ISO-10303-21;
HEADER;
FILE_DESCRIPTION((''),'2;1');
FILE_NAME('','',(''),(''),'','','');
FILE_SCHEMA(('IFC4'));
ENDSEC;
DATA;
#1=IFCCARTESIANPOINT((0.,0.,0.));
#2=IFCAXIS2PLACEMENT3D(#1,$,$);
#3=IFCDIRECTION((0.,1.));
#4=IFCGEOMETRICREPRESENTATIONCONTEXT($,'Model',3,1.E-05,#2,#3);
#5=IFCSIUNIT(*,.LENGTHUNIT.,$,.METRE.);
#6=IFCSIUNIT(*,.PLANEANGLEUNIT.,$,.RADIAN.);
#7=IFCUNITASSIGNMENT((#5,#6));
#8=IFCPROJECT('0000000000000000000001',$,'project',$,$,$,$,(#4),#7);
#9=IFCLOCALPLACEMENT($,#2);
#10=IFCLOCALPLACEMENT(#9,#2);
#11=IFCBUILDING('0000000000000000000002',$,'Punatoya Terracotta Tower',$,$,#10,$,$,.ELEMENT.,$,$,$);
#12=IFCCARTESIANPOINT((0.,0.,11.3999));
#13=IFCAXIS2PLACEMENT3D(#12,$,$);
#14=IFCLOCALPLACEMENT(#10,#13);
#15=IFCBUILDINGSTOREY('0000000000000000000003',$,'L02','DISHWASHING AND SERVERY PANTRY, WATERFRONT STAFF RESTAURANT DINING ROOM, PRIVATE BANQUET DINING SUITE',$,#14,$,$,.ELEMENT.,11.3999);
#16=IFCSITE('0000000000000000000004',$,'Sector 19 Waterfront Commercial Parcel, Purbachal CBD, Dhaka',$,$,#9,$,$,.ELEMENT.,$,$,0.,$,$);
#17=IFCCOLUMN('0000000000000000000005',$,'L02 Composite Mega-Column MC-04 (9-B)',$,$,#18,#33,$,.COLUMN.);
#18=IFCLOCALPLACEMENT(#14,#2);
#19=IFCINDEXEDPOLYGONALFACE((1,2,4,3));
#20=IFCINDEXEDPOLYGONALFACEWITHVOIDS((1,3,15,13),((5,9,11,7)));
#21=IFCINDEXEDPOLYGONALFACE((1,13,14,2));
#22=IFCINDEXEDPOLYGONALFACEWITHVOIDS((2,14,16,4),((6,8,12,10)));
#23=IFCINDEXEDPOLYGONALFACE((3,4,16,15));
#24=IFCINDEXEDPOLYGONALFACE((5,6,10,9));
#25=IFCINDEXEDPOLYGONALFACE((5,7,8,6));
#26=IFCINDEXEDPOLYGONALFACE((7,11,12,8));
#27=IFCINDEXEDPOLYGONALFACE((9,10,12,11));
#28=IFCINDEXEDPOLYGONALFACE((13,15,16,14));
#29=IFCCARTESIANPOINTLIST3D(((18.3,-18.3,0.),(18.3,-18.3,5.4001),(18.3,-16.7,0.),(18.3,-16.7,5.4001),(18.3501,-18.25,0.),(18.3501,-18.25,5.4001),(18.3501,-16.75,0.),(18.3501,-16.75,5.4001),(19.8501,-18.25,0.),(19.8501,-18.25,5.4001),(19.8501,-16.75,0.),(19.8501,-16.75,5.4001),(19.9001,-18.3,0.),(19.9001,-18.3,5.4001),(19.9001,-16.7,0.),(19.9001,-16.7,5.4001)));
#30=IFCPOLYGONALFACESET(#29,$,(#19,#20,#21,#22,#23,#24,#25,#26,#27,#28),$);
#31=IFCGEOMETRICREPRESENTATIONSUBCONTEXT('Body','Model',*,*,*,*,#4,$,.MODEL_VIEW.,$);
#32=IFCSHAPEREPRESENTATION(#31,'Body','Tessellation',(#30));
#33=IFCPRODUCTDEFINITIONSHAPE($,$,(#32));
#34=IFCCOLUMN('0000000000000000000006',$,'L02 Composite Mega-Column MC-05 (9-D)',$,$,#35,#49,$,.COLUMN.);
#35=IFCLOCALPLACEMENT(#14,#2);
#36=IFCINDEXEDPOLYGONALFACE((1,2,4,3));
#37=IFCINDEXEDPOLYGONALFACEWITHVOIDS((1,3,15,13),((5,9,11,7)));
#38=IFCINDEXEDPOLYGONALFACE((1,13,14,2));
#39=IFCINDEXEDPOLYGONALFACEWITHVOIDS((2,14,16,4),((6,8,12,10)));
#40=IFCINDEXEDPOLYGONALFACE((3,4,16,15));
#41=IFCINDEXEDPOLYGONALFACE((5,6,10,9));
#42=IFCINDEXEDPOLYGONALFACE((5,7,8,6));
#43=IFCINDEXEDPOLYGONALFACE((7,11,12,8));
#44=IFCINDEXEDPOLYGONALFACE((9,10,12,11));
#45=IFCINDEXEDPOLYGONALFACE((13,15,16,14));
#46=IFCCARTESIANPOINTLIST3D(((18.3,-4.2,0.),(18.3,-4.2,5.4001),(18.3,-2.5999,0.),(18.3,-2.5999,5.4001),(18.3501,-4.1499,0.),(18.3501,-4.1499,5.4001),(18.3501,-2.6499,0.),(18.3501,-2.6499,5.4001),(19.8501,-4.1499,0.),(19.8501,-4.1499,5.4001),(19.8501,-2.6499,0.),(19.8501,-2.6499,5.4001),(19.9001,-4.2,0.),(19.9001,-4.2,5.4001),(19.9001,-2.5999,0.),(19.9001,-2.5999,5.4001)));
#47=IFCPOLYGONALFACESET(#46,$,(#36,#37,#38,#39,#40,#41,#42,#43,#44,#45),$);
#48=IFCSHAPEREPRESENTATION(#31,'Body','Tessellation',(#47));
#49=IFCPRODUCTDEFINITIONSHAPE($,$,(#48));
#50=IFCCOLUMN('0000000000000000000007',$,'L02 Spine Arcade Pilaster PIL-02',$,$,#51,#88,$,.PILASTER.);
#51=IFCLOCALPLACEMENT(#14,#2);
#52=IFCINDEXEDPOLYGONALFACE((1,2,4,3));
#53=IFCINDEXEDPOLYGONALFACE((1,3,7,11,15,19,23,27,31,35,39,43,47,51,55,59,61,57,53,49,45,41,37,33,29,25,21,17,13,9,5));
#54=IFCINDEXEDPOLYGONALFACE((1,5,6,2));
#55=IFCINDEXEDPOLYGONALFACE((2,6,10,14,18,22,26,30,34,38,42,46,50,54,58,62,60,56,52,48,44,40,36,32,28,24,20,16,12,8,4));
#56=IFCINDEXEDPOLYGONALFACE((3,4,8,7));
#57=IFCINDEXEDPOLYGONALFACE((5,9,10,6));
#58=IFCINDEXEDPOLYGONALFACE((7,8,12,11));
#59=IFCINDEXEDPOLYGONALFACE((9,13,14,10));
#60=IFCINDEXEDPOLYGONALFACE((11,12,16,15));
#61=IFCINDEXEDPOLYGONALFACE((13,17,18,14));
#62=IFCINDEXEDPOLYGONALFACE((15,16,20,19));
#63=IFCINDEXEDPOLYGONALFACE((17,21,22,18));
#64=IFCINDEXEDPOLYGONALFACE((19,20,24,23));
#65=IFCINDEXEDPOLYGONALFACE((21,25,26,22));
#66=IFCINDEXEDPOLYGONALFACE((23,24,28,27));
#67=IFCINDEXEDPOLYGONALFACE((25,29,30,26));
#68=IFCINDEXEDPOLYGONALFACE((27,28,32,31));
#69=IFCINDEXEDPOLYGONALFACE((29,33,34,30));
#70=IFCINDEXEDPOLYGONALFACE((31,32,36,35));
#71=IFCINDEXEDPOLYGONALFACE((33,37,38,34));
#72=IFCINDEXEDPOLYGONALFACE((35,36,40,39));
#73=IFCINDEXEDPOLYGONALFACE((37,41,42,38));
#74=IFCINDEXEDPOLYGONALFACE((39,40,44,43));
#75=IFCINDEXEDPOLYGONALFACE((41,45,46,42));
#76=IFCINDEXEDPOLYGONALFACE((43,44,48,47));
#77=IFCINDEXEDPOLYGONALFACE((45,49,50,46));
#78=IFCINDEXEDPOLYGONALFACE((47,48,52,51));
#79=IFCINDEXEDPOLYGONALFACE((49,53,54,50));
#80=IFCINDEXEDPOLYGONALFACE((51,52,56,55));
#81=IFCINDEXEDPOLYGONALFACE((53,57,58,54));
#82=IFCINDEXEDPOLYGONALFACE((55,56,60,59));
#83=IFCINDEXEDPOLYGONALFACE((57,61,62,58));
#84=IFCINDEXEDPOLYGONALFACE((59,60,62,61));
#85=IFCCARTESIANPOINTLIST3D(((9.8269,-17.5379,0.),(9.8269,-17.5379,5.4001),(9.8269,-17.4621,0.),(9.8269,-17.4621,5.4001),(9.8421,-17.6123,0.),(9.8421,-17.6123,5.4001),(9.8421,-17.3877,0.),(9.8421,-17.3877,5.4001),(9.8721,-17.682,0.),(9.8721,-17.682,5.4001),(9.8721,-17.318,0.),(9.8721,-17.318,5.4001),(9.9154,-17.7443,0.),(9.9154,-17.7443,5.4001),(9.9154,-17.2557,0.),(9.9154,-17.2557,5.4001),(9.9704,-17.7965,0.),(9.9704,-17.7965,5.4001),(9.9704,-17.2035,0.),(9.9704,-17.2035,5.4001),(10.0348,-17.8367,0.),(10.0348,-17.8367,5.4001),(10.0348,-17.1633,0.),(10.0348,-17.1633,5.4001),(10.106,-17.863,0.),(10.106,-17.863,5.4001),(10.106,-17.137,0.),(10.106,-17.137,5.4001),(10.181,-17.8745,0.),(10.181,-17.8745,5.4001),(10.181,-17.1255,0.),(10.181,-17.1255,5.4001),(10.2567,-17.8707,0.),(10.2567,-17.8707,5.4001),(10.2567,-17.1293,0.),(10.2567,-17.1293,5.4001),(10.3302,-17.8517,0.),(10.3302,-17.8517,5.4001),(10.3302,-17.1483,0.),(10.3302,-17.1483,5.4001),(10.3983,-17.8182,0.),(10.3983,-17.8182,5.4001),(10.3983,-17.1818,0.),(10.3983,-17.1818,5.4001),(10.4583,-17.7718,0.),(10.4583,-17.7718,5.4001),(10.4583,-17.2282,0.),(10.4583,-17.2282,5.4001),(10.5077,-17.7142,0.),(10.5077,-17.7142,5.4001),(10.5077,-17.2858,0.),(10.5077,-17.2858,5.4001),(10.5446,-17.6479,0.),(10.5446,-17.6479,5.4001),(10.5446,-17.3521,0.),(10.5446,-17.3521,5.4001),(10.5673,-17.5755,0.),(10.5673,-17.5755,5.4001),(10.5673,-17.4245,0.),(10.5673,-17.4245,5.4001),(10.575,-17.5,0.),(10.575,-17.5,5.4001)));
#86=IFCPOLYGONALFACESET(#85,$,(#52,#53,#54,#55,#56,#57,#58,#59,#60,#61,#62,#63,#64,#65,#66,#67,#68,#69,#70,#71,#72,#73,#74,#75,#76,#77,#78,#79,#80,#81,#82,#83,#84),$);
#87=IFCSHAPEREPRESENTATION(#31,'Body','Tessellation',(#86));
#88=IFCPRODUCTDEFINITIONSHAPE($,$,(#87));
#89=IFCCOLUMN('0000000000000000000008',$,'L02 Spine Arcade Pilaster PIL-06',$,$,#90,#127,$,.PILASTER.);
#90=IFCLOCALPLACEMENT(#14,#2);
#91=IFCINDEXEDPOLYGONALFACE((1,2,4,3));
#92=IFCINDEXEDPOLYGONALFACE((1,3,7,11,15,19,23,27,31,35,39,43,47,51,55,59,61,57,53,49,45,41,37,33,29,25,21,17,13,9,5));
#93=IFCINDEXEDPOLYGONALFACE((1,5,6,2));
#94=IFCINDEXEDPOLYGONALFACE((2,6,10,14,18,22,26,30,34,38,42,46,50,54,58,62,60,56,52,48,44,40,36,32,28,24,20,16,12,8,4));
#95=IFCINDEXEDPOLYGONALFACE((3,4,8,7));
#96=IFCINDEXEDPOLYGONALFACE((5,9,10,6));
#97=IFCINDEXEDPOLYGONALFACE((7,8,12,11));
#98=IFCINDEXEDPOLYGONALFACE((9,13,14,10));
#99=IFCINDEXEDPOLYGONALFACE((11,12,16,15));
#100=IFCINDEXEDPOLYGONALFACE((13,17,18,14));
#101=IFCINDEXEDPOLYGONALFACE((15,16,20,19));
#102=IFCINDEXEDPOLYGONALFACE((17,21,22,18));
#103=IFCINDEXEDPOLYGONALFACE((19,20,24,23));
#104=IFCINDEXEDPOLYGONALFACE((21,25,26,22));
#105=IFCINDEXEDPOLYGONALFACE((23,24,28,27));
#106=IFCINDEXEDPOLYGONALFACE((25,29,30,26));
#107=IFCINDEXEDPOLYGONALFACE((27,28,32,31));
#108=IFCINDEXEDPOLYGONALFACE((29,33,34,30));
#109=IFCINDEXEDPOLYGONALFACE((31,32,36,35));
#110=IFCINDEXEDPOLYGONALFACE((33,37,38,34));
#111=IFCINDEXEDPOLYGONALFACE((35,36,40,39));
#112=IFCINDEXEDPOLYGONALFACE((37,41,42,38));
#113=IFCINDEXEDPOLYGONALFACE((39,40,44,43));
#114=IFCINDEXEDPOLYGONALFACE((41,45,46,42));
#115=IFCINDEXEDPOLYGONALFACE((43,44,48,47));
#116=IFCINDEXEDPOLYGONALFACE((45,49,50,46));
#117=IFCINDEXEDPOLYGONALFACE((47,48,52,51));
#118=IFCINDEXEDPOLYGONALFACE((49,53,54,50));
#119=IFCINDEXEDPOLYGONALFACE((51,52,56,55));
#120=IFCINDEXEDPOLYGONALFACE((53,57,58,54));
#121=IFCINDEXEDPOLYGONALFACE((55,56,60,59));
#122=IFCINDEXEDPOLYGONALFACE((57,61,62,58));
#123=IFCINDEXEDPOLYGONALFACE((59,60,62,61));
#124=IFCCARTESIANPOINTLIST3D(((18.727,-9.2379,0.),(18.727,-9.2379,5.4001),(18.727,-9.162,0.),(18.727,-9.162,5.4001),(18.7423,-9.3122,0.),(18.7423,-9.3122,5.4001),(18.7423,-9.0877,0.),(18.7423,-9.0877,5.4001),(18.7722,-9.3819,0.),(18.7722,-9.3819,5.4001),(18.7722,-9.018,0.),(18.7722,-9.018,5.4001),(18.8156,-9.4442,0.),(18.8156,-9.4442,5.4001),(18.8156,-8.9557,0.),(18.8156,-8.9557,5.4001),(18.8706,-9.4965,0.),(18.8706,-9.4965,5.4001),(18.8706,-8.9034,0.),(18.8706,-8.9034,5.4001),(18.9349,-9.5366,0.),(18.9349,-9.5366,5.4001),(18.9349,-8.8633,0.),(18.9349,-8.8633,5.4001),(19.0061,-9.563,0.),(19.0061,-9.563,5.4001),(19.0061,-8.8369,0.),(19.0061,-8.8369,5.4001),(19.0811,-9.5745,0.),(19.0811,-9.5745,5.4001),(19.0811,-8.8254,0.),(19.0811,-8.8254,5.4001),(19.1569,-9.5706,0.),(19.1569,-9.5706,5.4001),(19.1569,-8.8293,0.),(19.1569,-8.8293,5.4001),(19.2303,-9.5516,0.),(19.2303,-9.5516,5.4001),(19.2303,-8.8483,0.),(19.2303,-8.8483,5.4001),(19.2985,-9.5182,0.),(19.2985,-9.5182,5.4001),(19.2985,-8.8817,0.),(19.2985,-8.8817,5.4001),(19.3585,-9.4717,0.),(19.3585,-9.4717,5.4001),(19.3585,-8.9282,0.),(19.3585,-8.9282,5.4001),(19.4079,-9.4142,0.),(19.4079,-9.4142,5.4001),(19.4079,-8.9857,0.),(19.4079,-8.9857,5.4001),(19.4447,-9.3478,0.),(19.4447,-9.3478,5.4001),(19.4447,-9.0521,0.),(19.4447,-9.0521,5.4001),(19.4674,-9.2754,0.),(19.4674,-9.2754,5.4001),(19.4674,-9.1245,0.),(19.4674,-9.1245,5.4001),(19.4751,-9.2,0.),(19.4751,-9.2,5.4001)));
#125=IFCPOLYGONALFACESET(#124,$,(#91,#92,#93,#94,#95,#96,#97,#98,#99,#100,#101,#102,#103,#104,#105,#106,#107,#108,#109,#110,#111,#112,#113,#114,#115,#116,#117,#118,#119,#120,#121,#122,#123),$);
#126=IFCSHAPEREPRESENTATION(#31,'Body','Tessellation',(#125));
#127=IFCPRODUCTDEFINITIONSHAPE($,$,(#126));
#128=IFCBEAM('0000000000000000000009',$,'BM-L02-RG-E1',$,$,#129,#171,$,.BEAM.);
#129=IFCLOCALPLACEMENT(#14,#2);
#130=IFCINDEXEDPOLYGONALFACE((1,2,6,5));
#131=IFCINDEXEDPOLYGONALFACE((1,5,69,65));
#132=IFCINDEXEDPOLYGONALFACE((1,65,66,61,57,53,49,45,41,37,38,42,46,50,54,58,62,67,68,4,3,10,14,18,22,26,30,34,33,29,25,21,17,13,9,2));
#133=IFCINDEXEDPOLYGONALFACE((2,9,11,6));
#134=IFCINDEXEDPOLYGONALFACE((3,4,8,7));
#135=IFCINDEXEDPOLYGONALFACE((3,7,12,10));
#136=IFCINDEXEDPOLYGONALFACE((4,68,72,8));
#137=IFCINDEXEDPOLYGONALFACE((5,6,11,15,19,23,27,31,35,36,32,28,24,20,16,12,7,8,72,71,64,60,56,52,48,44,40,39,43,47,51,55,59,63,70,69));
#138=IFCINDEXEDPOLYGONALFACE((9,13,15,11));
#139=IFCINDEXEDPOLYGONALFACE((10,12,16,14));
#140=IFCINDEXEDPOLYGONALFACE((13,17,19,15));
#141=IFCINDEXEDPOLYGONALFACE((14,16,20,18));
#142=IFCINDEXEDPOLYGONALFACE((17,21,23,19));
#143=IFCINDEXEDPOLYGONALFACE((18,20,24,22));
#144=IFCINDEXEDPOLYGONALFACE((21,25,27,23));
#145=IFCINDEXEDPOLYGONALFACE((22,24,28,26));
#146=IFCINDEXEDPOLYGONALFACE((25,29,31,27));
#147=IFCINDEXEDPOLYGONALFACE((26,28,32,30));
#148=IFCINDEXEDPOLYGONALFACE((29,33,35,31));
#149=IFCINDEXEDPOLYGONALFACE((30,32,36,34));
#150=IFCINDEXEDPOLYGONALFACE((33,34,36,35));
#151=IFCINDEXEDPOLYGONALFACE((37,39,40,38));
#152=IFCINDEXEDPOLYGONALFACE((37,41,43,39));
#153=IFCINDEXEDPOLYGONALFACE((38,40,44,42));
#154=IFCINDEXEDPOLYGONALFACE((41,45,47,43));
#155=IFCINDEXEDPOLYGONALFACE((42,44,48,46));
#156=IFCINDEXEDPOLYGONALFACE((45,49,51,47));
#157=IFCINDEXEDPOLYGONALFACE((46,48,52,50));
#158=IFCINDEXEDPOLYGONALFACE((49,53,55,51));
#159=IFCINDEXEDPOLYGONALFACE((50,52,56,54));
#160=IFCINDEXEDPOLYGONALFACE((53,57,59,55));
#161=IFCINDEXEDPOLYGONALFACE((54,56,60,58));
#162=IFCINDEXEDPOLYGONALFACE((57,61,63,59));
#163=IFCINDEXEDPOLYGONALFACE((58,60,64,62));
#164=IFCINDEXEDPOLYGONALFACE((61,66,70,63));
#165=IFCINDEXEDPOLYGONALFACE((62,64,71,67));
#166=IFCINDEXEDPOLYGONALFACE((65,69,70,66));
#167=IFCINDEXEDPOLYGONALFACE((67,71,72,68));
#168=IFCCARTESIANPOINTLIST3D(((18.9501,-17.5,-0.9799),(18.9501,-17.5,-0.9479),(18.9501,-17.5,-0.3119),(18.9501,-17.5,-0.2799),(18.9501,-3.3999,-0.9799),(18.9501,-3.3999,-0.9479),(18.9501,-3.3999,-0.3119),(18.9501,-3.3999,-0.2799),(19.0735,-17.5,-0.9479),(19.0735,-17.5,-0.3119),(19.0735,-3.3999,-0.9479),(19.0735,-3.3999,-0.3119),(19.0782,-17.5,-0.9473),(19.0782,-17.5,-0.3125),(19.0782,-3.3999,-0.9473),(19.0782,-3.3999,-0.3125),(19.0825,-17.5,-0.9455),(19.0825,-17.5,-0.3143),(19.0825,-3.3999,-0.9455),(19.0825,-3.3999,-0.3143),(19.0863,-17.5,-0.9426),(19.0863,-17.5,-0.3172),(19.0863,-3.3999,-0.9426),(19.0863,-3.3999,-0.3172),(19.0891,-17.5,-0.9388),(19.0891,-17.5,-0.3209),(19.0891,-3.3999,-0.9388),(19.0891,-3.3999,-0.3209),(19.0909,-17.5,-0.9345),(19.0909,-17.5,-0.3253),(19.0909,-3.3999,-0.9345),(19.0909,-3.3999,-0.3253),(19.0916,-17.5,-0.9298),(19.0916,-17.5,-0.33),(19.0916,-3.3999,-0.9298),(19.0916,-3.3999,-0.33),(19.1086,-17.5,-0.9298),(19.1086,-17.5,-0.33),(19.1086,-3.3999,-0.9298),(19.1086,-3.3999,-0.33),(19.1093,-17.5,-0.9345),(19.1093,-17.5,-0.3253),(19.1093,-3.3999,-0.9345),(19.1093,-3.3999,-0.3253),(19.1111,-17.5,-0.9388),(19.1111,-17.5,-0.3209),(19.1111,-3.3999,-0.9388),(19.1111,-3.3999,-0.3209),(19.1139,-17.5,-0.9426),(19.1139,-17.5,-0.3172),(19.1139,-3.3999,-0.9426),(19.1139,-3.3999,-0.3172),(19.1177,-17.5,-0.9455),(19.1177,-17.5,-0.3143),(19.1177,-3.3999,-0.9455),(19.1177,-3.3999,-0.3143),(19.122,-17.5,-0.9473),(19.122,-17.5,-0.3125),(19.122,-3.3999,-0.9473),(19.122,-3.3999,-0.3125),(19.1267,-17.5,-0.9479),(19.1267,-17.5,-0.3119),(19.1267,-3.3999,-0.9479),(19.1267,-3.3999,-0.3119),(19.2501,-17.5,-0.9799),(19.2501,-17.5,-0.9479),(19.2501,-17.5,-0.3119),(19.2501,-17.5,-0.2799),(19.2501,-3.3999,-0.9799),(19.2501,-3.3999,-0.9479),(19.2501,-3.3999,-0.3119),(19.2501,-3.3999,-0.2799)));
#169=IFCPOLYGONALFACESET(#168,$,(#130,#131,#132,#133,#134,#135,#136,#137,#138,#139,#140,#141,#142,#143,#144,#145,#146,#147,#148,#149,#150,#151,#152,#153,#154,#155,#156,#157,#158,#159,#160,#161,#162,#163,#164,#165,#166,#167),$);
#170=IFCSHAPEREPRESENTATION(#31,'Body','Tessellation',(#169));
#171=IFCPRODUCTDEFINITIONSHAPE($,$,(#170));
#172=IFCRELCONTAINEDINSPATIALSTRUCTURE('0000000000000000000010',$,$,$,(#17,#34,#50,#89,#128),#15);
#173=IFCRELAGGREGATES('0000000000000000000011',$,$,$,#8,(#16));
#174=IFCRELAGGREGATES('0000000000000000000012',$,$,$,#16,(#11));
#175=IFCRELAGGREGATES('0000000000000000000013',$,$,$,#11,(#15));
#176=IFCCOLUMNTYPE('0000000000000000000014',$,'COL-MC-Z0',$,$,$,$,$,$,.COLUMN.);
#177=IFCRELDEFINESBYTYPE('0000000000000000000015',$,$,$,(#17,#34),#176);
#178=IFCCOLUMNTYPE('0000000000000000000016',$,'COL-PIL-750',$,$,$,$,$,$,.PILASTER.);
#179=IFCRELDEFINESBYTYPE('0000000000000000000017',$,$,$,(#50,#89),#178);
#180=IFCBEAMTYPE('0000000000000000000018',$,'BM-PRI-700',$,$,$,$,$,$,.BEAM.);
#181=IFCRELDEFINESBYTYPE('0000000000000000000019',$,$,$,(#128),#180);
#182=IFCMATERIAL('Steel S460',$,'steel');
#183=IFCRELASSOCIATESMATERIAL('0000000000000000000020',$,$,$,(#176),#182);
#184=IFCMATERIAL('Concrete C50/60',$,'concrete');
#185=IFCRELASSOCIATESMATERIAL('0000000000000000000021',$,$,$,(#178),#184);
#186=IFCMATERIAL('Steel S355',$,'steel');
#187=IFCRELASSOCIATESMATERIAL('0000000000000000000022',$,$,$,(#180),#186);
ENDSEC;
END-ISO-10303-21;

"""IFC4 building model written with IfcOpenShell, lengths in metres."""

from ifc_helpers import new_model, si_unit, direction, frame, origin, origin_2d, place, context, subcontext, project, spatial, hollow_rectangle, circle, i_section, extrude, material, material_profile, profile_set, type_object, element, save


model = new_model("IFC4")

# Units and contexts
model_context = context("Model", 3, precision=1e-05, world=origin(), true_north=direction((0.0, 1.0)))
body_context = subcontext(model_context, "Body", "Model", "MODEL_VIEW")
ifc_project = project(units=[si_unit("LENGTHUNIT", "METRE"), si_unit("PLANEANGLEUNIT", "RADIAN")], contexts=[model_context])

# Site, building, storey
site_placement = place(None, origin())
site = spatial("IfcSite", under=ifc_project, at=site_placement, Name="Sector 19 Waterfront Commercial Parcel, Purbachal CBD, Dhaka", CompositionType="ELEMENT", RefElevation=0.0)
building_placement = place(site_placement, origin())
building = spatial("IfcBuilding", under=site, at=building_placement, Name="Punatoya Terracotta Tower", CompositionType="ELEMENT")
storey_placement = place(building_placement, frame((0.0, 0.0, 11.3999)))
storey = spatial("IfcBuildingStorey", under=building, at=storey_placement, Name="L02", Description="DISHWASHING AND SERVERY PANTRY, WATERFRONT STAFF RESTAURANT DINING ROOM, PRIVATE BANQUET DINING SUITE", CompositionType="ELEMENT", Elevation=11.3999)

# Columns
ifc_material_1 = material(Name="Steel S460", Category="steel")
ifc_material_profile_1 = material_profile(ifc_material_1, hollow_rectangle(XDim=1.6001, YDim=1.6001, WallThickness=0.05, at=origin_2d()))
ifc_profile_set_1 = profile_set([ifc_material_profile_1], Name="Steel S460")
column_type_1 = type_object("IfcColumnType", Name="COL-MC-Z0", PredefinedType="COLUMN", material=ifc_profile_set_1)
for number, where, z_axis, x_axis, name in (
    (1, (19.1001, -17.5, 0.0), (0.0, 0.0, 1.0), (1.0, 0.0, 0.0), "L02 Composite Mega-Column MC-04 (9-B)"),
    (2, (19.1001, -3.3999, 0.0), (0.0, 0.0, 1.0), (1.0, 0.0, 0.0), "L02 Composite Mega-Column MC-05 (9-D)"),
):
    element("IfcColumn", number, at=place(storey_placement, frame(where, z_axis=z_axis, x_axis=x_axis)), inside=storey, type_object=column_type_1, Name=name, PredefinedType="COLUMN", context=body_context, shape_type="SweptSolid", body=[
        extrude(hollow_rectangle(XDim=1.6001, YDim=1.6001, WallThickness=0.05, at=origin_2d()), origin(), (0.0, 0.0, 1.0), 5.4001),
    ])
ifc_material_2 = material(Name="Concrete C50/60", Category="concrete")
ifc_material_profile_2 = material_profile(ifc_material_2, circle(Radius=0.375, at=origin_2d()))
ifc_profile_set_2 = profile_set([ifc_material_profile_2], Name="Concrete C50/60")
column_type_2 = type_object("IfcColumnType", Name="COL-PIL-750", PredefinedType="PILASTER", material=ifc_profile_set_2)
for number, where, z_axis, x_axis, name in (
    (3, (10.2, -17.5, 0.0), (0.0, 0.0, 1.0), (1.0, 0.0, 0.0), "L02 Spine Arcade Pilaster PIL-02"),
    (4, (19.1001, -9.2, 0.0), (0.0, 0.0, 1.0), (1.0, 0.0, 0.0), "L02 Spine Arcade Pilaster PIL-06"),
):
    element("IfcColumn", number, at=place(storey_placement, frame(where, z_axis=z_axis, x_axis=x_axis)), inside=storey, type_object=column_type_2, Name=name, PredefinedType="PILASTER", context=body_context, shape_type="SweptSolid", body=[
        extrude(circle(Radius=0.375, at=origin_2d()), origin(), (0.0, 0.0, 1.0), 5.4001),
    ])

# Beam
ifc_material_3 = material(Name="Steel S355", Category="steel")
ifc_material_profile_3 = material_profile(ifc_material_3, i_section(OverallWidth=0.3, OverallDepth=0.7, WebThickness=0.0171, FlangeThickness=0.032, FilletRadius=0.0181, at=origin_2d()))
ifc_profile_set_3 = profile_set([ifc_material_profile_3], Name="Steel S355")
beam_type_1 = type_object("IfcBeamType", Name="BM-PRI-700", PredefinedType="BEAM", material=ifc_profile_set_3)
beam_1_placement = place(storey_placement, frame((19.1001, -17.5, -0.6299), z_axis=(0.0, 1.0, 0.0), x_axis=(-1.0, 0.0, 0.0)))
element("IfcBeam", 5, at=beam_1_placement, inside=storey, type_object=beam_type_1, Name="BM-L02-RG-E1", PredefinedType="BEAM", context=body_context, shape_type="SweptSolid", body=[
    extrude(i_section(OverallWidth=0.3, OverallDepth=0.7, WebThickness=0.0171, FlangeThickness=0.032, FilletRadius=0.0181, at=origin_2d()), origin(), (0.0, 0.0, 1.0), 14.1001),
])

save(model, "model.ifc")
